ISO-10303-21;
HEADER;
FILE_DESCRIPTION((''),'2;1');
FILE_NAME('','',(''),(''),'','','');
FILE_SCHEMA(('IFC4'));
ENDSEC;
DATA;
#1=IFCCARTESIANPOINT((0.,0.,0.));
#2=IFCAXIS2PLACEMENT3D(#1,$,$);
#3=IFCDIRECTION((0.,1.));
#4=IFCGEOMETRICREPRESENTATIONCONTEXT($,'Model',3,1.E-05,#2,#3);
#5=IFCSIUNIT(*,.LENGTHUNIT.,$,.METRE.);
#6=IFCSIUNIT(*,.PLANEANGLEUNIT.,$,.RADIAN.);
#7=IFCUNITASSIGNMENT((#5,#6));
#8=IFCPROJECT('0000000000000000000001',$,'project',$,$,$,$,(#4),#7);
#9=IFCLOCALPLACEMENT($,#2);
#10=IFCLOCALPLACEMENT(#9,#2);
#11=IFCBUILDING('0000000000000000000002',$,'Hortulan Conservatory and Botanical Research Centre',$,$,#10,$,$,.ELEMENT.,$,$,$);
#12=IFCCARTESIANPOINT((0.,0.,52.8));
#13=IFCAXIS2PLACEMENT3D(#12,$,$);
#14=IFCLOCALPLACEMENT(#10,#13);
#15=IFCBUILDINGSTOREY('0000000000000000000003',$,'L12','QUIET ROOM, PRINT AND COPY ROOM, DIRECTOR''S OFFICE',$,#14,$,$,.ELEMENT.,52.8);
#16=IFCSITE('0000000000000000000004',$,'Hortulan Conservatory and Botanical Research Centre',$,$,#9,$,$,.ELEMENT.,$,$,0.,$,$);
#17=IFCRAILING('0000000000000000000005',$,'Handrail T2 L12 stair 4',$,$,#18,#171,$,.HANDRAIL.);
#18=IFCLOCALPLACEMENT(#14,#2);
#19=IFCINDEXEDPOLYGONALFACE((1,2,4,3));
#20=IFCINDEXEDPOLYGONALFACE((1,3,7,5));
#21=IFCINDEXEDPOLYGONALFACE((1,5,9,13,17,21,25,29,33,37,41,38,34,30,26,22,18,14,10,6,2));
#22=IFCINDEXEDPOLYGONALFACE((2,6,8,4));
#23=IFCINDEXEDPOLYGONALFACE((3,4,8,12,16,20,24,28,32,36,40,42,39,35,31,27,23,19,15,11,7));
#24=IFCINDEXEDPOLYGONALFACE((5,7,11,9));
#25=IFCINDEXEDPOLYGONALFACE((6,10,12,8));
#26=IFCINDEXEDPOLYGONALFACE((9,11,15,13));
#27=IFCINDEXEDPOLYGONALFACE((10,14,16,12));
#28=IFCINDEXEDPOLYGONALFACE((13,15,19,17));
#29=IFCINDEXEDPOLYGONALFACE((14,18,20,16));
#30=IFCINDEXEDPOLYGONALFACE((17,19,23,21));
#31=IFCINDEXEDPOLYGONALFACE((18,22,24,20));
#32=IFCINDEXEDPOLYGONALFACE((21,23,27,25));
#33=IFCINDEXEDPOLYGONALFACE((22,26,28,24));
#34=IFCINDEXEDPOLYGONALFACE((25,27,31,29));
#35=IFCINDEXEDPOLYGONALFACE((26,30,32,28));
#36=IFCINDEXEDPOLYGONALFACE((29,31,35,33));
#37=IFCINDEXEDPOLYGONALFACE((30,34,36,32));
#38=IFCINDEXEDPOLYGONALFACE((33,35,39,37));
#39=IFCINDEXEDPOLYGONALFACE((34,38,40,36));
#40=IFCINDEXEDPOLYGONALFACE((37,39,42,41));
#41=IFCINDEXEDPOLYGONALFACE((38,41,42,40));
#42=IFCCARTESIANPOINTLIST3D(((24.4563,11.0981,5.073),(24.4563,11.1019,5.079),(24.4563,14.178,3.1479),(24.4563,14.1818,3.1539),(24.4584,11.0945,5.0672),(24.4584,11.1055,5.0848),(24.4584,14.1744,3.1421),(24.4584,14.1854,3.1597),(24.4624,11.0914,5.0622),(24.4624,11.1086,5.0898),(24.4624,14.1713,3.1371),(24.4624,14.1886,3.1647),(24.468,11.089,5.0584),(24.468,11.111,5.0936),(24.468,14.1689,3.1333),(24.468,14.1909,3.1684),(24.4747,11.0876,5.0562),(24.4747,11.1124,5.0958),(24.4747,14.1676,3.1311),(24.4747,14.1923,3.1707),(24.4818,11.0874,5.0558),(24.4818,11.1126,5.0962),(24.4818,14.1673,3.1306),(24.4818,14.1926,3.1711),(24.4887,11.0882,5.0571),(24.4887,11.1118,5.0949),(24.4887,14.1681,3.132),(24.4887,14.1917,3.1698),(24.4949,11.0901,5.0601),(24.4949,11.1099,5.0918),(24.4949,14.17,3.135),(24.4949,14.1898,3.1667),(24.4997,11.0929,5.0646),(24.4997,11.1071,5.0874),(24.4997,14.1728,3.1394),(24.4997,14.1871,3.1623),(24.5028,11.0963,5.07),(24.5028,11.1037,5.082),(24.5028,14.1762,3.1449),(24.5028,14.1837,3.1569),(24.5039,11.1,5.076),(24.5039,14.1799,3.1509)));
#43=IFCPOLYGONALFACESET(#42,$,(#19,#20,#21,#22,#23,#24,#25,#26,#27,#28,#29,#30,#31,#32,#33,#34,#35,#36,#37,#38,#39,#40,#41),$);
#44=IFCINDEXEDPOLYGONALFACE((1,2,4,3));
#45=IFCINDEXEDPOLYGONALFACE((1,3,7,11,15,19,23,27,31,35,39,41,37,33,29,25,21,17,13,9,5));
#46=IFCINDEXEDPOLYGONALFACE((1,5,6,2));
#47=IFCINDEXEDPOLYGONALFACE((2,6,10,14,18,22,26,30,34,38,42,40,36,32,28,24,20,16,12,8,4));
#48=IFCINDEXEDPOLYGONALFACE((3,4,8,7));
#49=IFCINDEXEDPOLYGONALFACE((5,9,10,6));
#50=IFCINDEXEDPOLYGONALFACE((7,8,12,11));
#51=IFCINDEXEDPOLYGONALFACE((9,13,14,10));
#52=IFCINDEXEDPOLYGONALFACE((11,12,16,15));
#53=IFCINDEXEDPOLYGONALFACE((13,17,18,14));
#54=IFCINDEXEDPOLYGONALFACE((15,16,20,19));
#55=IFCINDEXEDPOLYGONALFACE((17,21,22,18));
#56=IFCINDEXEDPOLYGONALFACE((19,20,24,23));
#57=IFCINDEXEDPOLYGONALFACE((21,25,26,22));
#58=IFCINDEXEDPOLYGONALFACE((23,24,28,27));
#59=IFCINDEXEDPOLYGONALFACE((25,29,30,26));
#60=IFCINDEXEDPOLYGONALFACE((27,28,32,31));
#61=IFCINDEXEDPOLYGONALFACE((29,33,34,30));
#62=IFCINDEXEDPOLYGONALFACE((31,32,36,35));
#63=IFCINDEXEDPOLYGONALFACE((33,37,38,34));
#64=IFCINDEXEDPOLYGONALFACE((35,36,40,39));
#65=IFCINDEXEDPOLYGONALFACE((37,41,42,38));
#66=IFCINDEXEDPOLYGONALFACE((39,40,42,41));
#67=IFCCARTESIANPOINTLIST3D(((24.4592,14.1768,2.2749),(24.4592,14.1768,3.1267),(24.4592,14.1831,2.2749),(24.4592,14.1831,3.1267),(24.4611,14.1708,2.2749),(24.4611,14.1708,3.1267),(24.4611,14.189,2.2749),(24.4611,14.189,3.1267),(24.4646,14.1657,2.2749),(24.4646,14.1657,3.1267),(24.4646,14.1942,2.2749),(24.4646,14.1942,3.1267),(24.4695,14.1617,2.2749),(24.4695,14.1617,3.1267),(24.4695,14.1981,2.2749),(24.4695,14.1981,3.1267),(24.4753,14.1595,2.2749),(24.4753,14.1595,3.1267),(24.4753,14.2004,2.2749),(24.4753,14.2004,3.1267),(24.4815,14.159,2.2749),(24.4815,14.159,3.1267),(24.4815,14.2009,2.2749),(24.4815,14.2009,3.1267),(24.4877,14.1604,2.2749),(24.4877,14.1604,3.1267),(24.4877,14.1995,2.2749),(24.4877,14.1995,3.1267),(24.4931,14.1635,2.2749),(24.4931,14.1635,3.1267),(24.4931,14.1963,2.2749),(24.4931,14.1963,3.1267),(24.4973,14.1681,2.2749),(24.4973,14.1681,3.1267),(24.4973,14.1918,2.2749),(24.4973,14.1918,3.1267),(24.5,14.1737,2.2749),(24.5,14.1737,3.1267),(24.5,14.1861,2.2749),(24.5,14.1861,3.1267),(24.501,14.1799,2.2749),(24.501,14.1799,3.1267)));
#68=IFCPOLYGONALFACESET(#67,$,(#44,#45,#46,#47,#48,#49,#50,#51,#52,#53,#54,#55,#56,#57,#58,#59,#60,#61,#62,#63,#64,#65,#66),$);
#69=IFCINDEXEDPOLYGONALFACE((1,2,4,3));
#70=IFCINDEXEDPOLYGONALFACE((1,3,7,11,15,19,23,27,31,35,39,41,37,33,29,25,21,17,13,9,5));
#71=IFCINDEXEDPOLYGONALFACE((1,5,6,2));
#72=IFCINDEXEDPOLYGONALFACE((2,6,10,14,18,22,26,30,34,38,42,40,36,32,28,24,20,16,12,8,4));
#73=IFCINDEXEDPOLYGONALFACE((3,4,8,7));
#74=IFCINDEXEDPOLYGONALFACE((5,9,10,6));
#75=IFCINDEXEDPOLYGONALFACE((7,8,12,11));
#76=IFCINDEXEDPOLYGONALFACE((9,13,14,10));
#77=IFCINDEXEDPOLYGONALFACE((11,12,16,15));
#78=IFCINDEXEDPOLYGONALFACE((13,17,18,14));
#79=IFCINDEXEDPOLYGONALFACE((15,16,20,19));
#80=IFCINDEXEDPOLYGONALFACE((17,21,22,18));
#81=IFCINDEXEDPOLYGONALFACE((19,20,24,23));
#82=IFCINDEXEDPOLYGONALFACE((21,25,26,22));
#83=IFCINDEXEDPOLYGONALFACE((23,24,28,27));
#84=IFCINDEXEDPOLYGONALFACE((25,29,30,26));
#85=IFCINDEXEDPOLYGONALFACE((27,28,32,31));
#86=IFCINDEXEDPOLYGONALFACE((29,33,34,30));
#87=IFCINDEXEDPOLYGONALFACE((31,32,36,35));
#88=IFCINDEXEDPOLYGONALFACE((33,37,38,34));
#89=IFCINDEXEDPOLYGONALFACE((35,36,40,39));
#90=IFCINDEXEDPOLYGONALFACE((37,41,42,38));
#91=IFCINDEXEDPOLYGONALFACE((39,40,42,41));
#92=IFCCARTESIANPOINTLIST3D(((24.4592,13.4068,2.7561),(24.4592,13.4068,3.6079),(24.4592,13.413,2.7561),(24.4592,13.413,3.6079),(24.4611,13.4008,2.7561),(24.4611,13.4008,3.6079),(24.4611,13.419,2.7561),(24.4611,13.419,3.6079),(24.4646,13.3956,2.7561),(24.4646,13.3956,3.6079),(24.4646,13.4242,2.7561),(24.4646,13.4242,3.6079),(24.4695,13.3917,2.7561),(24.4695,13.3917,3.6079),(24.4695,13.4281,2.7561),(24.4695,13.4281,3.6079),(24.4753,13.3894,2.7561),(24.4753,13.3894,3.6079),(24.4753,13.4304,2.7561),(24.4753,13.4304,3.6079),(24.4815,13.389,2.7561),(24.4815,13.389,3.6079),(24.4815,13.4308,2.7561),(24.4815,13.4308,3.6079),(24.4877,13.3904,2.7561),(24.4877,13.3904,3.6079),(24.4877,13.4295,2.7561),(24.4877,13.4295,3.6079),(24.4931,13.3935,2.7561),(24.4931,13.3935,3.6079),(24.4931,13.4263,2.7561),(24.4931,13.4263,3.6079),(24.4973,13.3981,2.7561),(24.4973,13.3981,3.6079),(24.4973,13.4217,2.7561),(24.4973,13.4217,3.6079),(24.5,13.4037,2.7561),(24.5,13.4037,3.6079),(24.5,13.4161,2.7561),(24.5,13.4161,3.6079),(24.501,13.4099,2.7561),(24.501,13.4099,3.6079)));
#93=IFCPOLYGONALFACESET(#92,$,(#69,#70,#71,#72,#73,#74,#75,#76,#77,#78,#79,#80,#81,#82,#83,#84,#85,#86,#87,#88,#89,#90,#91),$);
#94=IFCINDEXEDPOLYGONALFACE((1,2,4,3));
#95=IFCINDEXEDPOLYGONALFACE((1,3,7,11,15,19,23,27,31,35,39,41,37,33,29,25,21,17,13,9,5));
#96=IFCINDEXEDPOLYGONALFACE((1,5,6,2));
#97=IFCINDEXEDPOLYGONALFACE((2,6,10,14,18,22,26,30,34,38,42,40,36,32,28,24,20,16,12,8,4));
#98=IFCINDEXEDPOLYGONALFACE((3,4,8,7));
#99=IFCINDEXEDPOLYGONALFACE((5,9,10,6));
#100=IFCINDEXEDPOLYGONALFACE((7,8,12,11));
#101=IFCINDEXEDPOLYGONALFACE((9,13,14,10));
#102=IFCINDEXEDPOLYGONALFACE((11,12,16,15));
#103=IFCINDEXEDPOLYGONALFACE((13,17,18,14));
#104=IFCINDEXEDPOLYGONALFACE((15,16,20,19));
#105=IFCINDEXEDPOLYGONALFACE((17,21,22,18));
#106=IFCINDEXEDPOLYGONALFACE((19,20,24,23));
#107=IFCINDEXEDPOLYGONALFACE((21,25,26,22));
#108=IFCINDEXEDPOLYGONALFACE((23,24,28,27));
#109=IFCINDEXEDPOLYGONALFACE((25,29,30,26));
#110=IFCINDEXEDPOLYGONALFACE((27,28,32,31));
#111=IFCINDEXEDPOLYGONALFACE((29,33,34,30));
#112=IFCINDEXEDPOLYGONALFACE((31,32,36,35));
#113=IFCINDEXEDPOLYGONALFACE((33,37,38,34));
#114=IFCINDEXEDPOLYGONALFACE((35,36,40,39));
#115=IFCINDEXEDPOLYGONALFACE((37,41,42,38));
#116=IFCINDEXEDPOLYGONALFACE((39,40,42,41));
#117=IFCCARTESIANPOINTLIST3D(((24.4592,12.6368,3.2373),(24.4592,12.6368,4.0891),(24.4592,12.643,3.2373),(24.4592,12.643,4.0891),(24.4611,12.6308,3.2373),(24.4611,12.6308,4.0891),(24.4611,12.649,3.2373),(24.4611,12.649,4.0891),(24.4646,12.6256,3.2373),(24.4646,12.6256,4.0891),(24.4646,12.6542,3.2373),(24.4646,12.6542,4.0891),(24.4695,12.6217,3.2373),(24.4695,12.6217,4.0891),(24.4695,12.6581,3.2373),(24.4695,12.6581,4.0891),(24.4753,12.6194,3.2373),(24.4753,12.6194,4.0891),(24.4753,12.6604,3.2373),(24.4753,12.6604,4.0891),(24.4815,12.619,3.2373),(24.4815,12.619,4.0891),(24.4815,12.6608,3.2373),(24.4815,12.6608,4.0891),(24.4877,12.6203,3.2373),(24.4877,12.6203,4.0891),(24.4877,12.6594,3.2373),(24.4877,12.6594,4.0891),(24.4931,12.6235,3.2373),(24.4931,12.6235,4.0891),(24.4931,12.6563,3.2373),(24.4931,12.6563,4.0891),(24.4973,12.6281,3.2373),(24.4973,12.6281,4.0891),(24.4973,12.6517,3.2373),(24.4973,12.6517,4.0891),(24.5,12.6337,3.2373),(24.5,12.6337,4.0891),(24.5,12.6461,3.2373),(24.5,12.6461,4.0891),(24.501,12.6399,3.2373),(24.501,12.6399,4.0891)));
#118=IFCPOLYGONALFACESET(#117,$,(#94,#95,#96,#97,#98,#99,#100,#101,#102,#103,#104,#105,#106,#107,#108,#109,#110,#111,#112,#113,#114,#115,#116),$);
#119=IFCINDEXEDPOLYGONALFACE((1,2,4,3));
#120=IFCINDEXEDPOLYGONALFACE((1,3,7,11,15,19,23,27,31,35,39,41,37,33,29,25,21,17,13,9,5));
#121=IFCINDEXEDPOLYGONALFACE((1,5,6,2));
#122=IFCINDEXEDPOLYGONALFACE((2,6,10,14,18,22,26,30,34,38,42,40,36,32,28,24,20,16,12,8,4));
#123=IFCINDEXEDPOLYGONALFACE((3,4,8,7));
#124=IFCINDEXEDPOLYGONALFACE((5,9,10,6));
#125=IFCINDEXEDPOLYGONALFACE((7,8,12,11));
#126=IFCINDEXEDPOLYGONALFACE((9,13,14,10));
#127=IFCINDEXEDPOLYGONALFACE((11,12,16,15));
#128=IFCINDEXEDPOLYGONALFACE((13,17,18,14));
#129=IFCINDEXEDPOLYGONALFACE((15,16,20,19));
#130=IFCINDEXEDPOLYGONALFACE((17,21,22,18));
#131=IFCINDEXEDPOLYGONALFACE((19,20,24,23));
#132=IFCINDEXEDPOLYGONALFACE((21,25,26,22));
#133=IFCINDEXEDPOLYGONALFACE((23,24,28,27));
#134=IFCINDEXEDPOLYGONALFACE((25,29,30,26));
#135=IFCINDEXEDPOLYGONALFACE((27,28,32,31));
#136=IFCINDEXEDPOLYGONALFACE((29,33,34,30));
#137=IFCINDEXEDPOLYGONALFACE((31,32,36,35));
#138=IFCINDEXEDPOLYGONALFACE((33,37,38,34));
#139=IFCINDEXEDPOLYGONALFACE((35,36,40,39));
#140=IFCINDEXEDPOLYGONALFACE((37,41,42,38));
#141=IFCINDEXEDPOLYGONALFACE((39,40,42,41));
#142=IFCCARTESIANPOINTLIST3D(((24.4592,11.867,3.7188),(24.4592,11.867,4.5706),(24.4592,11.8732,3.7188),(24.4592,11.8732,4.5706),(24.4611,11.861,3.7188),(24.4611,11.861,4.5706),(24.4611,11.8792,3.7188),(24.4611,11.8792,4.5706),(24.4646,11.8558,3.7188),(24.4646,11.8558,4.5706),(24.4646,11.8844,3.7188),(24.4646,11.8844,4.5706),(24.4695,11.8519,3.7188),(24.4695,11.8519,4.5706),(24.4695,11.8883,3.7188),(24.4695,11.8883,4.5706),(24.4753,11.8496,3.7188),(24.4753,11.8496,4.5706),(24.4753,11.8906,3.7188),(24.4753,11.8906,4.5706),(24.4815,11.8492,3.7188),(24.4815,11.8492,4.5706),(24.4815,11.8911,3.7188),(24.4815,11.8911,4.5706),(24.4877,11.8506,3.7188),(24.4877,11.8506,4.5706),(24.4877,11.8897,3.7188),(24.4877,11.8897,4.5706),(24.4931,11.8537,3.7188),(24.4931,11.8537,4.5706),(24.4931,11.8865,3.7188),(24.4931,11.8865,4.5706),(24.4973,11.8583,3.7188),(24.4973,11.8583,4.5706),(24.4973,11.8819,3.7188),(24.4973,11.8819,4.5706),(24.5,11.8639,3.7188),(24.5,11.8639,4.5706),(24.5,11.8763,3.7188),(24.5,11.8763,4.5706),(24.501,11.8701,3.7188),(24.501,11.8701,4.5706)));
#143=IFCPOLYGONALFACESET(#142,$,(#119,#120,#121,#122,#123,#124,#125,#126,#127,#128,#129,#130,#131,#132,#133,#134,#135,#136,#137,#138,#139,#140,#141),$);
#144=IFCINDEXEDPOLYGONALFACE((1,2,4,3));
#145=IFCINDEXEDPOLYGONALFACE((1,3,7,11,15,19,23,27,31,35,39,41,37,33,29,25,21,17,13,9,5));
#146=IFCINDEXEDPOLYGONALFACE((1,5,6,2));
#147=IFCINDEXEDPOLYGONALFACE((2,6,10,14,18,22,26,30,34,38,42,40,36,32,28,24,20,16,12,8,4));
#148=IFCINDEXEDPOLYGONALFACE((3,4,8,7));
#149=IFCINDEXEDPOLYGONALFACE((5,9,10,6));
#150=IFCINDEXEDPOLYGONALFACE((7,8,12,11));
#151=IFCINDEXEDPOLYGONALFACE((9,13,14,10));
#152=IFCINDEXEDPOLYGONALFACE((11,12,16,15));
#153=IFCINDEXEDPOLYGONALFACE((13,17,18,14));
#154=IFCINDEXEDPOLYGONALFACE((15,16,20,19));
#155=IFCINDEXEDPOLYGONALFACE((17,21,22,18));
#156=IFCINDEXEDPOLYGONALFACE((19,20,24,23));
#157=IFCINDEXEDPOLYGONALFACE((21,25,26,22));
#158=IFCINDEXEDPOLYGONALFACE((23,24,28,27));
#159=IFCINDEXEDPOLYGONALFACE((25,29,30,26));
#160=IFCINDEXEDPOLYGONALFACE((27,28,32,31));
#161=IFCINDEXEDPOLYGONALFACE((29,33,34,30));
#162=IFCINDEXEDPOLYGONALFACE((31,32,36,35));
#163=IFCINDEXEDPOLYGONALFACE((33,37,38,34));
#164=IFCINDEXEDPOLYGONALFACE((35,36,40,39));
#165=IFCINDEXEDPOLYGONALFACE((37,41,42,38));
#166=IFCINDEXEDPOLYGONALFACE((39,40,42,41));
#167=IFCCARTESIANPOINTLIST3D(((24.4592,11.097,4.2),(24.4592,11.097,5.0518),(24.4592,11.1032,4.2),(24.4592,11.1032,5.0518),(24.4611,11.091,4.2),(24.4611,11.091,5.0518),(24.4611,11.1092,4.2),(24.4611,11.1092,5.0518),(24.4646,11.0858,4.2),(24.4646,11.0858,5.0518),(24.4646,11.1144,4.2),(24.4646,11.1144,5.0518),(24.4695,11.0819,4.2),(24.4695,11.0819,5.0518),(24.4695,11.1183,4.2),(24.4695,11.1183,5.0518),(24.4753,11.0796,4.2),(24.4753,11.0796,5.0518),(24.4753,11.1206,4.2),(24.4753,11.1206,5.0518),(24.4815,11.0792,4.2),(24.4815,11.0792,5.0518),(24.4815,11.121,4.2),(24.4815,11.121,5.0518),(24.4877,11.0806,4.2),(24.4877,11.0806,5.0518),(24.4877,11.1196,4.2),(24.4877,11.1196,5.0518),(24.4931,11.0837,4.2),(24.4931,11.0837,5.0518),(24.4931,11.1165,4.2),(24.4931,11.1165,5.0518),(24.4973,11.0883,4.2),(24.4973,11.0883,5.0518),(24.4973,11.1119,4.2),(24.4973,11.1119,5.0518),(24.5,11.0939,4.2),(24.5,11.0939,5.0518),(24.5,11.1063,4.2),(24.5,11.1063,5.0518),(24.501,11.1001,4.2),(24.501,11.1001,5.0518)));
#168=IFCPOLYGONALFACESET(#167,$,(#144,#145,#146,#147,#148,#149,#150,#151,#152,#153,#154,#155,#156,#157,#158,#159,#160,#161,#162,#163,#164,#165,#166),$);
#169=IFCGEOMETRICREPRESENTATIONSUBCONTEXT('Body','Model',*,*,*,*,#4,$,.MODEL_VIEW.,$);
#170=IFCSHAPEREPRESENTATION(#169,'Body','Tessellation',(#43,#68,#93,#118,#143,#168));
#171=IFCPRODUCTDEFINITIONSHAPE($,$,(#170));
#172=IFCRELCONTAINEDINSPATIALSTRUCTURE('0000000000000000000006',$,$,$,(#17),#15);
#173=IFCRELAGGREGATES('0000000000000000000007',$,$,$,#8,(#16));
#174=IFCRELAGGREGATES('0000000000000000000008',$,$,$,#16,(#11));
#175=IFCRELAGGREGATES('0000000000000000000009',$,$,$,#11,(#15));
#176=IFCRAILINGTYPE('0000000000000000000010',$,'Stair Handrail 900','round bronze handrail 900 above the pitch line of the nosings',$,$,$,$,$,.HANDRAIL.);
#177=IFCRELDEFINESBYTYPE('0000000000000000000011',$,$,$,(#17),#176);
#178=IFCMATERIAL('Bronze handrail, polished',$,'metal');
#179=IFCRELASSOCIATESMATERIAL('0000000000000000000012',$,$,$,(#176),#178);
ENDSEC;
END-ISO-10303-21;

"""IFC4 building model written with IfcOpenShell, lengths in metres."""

from ifc_helpers import new_model, si_unit, direction, frame, origin, origin_2d, place, context, subcontext, project, spatial, circle, extrude, material, type_object, element, save


model = new_model("IFC4")

# Units and contexts
model_context = context("Model", 3, precision=1e-05, world=origin(), true_north=direction((0.0, 1.0)))
body_context = subcontext(model_context, "Body", "Model", "MODEL_VIEW")
ifc_project = project(units=[si_unit("LENGTHUNIT", "METRE"), si_unit("PLANEANGLEUNIT", "RADIAN")], contexts=[model_context])

# Site, building, storey
site_placement = place(None, origin())
site = spatial("IfcSite", under=ifc_project, at=site_placement, Name="Hortulan Conservatory and Botanical Research Centre", CompositionType="ELEMENT", RefElevation=0.0)
building_placement = place(site_placement, origin())
building = spatial("IfcBuilding", under=site, at=building_placement, Name="Hortulan Conservatory and Botanical Research Centre", CompositionType="ELEMENT")
storey_placement = place(building_placement, frame((0.0, 0.0, 52.8)))
storey = spatial("IfcBuildingStorey", under=building, at=storey_placement, Name="L12", Description="QUIET ROOM, PRINT AND COPY ROOM, DIRECTOR'S OFFICE", CompositionType="ELEMENT", Elevation=52.8)

# Railing
ifc_material_1 = material(Name="Bronze handrail, polished", Category="metal")
railing_type_1 = type_object("IfcRailingType", Name="Stair Handrail 900", Description="round bronze handrail 900 above the pitch line of the nosings", PredefinedType="HANDRAIL", material=ifc_material_1)
for number, where, name in (
    (1, (24.48, 14.1799, 2.2749), "Handrail T2 L12 stair 4"),
):
    element("IfcRailing", number, at=place(storey_placement, frame(where)), inside=storey, type_object=railing_type_1, Name=name, PredefinedType="HANDRAIL", context=body_context, shape_type="SweptSolid", body=[
        extrude(circle(Radius=0.0239, at=origin_2d()), frame((0.0, 0.0, 0.876), z_axis=(0.0, -0.847979, 0.530029), x_axis=(1.0, 0.0, 0.0)), (0.0, 0.0, 1.0), 3.6321),
        extrude(circle(Radius=0.021, at=origin_2d()), origin(), (0.0, 0.0, 1.0), 0.8518),
        extrude(circle(Radius=0.021, at=origin_2d()), frame((0.0, -0.77, 0.4812)), (0.0, 0.0, 1.0), 0.8518),
        extrude(circle(Radius=0.021, at=origin_2d()), frame((0.0, -1.54, 0.9624)), (0.0, 0.0, 1.0), 0.8518),
        extrude(circle(Radius=0.021, at=origin_2d()), frame((0.0, -2.3098, 1.4438)), (0.0, 0.0, 1.0), 0.8518),
        extrude(circle(Radius=0.021, at=origin_2d()), frame((0.0, -3.0798, 1.925)), (0.0, 0.0, 1.0), 0.8518),
    ])

save(model, "model.ifc")
